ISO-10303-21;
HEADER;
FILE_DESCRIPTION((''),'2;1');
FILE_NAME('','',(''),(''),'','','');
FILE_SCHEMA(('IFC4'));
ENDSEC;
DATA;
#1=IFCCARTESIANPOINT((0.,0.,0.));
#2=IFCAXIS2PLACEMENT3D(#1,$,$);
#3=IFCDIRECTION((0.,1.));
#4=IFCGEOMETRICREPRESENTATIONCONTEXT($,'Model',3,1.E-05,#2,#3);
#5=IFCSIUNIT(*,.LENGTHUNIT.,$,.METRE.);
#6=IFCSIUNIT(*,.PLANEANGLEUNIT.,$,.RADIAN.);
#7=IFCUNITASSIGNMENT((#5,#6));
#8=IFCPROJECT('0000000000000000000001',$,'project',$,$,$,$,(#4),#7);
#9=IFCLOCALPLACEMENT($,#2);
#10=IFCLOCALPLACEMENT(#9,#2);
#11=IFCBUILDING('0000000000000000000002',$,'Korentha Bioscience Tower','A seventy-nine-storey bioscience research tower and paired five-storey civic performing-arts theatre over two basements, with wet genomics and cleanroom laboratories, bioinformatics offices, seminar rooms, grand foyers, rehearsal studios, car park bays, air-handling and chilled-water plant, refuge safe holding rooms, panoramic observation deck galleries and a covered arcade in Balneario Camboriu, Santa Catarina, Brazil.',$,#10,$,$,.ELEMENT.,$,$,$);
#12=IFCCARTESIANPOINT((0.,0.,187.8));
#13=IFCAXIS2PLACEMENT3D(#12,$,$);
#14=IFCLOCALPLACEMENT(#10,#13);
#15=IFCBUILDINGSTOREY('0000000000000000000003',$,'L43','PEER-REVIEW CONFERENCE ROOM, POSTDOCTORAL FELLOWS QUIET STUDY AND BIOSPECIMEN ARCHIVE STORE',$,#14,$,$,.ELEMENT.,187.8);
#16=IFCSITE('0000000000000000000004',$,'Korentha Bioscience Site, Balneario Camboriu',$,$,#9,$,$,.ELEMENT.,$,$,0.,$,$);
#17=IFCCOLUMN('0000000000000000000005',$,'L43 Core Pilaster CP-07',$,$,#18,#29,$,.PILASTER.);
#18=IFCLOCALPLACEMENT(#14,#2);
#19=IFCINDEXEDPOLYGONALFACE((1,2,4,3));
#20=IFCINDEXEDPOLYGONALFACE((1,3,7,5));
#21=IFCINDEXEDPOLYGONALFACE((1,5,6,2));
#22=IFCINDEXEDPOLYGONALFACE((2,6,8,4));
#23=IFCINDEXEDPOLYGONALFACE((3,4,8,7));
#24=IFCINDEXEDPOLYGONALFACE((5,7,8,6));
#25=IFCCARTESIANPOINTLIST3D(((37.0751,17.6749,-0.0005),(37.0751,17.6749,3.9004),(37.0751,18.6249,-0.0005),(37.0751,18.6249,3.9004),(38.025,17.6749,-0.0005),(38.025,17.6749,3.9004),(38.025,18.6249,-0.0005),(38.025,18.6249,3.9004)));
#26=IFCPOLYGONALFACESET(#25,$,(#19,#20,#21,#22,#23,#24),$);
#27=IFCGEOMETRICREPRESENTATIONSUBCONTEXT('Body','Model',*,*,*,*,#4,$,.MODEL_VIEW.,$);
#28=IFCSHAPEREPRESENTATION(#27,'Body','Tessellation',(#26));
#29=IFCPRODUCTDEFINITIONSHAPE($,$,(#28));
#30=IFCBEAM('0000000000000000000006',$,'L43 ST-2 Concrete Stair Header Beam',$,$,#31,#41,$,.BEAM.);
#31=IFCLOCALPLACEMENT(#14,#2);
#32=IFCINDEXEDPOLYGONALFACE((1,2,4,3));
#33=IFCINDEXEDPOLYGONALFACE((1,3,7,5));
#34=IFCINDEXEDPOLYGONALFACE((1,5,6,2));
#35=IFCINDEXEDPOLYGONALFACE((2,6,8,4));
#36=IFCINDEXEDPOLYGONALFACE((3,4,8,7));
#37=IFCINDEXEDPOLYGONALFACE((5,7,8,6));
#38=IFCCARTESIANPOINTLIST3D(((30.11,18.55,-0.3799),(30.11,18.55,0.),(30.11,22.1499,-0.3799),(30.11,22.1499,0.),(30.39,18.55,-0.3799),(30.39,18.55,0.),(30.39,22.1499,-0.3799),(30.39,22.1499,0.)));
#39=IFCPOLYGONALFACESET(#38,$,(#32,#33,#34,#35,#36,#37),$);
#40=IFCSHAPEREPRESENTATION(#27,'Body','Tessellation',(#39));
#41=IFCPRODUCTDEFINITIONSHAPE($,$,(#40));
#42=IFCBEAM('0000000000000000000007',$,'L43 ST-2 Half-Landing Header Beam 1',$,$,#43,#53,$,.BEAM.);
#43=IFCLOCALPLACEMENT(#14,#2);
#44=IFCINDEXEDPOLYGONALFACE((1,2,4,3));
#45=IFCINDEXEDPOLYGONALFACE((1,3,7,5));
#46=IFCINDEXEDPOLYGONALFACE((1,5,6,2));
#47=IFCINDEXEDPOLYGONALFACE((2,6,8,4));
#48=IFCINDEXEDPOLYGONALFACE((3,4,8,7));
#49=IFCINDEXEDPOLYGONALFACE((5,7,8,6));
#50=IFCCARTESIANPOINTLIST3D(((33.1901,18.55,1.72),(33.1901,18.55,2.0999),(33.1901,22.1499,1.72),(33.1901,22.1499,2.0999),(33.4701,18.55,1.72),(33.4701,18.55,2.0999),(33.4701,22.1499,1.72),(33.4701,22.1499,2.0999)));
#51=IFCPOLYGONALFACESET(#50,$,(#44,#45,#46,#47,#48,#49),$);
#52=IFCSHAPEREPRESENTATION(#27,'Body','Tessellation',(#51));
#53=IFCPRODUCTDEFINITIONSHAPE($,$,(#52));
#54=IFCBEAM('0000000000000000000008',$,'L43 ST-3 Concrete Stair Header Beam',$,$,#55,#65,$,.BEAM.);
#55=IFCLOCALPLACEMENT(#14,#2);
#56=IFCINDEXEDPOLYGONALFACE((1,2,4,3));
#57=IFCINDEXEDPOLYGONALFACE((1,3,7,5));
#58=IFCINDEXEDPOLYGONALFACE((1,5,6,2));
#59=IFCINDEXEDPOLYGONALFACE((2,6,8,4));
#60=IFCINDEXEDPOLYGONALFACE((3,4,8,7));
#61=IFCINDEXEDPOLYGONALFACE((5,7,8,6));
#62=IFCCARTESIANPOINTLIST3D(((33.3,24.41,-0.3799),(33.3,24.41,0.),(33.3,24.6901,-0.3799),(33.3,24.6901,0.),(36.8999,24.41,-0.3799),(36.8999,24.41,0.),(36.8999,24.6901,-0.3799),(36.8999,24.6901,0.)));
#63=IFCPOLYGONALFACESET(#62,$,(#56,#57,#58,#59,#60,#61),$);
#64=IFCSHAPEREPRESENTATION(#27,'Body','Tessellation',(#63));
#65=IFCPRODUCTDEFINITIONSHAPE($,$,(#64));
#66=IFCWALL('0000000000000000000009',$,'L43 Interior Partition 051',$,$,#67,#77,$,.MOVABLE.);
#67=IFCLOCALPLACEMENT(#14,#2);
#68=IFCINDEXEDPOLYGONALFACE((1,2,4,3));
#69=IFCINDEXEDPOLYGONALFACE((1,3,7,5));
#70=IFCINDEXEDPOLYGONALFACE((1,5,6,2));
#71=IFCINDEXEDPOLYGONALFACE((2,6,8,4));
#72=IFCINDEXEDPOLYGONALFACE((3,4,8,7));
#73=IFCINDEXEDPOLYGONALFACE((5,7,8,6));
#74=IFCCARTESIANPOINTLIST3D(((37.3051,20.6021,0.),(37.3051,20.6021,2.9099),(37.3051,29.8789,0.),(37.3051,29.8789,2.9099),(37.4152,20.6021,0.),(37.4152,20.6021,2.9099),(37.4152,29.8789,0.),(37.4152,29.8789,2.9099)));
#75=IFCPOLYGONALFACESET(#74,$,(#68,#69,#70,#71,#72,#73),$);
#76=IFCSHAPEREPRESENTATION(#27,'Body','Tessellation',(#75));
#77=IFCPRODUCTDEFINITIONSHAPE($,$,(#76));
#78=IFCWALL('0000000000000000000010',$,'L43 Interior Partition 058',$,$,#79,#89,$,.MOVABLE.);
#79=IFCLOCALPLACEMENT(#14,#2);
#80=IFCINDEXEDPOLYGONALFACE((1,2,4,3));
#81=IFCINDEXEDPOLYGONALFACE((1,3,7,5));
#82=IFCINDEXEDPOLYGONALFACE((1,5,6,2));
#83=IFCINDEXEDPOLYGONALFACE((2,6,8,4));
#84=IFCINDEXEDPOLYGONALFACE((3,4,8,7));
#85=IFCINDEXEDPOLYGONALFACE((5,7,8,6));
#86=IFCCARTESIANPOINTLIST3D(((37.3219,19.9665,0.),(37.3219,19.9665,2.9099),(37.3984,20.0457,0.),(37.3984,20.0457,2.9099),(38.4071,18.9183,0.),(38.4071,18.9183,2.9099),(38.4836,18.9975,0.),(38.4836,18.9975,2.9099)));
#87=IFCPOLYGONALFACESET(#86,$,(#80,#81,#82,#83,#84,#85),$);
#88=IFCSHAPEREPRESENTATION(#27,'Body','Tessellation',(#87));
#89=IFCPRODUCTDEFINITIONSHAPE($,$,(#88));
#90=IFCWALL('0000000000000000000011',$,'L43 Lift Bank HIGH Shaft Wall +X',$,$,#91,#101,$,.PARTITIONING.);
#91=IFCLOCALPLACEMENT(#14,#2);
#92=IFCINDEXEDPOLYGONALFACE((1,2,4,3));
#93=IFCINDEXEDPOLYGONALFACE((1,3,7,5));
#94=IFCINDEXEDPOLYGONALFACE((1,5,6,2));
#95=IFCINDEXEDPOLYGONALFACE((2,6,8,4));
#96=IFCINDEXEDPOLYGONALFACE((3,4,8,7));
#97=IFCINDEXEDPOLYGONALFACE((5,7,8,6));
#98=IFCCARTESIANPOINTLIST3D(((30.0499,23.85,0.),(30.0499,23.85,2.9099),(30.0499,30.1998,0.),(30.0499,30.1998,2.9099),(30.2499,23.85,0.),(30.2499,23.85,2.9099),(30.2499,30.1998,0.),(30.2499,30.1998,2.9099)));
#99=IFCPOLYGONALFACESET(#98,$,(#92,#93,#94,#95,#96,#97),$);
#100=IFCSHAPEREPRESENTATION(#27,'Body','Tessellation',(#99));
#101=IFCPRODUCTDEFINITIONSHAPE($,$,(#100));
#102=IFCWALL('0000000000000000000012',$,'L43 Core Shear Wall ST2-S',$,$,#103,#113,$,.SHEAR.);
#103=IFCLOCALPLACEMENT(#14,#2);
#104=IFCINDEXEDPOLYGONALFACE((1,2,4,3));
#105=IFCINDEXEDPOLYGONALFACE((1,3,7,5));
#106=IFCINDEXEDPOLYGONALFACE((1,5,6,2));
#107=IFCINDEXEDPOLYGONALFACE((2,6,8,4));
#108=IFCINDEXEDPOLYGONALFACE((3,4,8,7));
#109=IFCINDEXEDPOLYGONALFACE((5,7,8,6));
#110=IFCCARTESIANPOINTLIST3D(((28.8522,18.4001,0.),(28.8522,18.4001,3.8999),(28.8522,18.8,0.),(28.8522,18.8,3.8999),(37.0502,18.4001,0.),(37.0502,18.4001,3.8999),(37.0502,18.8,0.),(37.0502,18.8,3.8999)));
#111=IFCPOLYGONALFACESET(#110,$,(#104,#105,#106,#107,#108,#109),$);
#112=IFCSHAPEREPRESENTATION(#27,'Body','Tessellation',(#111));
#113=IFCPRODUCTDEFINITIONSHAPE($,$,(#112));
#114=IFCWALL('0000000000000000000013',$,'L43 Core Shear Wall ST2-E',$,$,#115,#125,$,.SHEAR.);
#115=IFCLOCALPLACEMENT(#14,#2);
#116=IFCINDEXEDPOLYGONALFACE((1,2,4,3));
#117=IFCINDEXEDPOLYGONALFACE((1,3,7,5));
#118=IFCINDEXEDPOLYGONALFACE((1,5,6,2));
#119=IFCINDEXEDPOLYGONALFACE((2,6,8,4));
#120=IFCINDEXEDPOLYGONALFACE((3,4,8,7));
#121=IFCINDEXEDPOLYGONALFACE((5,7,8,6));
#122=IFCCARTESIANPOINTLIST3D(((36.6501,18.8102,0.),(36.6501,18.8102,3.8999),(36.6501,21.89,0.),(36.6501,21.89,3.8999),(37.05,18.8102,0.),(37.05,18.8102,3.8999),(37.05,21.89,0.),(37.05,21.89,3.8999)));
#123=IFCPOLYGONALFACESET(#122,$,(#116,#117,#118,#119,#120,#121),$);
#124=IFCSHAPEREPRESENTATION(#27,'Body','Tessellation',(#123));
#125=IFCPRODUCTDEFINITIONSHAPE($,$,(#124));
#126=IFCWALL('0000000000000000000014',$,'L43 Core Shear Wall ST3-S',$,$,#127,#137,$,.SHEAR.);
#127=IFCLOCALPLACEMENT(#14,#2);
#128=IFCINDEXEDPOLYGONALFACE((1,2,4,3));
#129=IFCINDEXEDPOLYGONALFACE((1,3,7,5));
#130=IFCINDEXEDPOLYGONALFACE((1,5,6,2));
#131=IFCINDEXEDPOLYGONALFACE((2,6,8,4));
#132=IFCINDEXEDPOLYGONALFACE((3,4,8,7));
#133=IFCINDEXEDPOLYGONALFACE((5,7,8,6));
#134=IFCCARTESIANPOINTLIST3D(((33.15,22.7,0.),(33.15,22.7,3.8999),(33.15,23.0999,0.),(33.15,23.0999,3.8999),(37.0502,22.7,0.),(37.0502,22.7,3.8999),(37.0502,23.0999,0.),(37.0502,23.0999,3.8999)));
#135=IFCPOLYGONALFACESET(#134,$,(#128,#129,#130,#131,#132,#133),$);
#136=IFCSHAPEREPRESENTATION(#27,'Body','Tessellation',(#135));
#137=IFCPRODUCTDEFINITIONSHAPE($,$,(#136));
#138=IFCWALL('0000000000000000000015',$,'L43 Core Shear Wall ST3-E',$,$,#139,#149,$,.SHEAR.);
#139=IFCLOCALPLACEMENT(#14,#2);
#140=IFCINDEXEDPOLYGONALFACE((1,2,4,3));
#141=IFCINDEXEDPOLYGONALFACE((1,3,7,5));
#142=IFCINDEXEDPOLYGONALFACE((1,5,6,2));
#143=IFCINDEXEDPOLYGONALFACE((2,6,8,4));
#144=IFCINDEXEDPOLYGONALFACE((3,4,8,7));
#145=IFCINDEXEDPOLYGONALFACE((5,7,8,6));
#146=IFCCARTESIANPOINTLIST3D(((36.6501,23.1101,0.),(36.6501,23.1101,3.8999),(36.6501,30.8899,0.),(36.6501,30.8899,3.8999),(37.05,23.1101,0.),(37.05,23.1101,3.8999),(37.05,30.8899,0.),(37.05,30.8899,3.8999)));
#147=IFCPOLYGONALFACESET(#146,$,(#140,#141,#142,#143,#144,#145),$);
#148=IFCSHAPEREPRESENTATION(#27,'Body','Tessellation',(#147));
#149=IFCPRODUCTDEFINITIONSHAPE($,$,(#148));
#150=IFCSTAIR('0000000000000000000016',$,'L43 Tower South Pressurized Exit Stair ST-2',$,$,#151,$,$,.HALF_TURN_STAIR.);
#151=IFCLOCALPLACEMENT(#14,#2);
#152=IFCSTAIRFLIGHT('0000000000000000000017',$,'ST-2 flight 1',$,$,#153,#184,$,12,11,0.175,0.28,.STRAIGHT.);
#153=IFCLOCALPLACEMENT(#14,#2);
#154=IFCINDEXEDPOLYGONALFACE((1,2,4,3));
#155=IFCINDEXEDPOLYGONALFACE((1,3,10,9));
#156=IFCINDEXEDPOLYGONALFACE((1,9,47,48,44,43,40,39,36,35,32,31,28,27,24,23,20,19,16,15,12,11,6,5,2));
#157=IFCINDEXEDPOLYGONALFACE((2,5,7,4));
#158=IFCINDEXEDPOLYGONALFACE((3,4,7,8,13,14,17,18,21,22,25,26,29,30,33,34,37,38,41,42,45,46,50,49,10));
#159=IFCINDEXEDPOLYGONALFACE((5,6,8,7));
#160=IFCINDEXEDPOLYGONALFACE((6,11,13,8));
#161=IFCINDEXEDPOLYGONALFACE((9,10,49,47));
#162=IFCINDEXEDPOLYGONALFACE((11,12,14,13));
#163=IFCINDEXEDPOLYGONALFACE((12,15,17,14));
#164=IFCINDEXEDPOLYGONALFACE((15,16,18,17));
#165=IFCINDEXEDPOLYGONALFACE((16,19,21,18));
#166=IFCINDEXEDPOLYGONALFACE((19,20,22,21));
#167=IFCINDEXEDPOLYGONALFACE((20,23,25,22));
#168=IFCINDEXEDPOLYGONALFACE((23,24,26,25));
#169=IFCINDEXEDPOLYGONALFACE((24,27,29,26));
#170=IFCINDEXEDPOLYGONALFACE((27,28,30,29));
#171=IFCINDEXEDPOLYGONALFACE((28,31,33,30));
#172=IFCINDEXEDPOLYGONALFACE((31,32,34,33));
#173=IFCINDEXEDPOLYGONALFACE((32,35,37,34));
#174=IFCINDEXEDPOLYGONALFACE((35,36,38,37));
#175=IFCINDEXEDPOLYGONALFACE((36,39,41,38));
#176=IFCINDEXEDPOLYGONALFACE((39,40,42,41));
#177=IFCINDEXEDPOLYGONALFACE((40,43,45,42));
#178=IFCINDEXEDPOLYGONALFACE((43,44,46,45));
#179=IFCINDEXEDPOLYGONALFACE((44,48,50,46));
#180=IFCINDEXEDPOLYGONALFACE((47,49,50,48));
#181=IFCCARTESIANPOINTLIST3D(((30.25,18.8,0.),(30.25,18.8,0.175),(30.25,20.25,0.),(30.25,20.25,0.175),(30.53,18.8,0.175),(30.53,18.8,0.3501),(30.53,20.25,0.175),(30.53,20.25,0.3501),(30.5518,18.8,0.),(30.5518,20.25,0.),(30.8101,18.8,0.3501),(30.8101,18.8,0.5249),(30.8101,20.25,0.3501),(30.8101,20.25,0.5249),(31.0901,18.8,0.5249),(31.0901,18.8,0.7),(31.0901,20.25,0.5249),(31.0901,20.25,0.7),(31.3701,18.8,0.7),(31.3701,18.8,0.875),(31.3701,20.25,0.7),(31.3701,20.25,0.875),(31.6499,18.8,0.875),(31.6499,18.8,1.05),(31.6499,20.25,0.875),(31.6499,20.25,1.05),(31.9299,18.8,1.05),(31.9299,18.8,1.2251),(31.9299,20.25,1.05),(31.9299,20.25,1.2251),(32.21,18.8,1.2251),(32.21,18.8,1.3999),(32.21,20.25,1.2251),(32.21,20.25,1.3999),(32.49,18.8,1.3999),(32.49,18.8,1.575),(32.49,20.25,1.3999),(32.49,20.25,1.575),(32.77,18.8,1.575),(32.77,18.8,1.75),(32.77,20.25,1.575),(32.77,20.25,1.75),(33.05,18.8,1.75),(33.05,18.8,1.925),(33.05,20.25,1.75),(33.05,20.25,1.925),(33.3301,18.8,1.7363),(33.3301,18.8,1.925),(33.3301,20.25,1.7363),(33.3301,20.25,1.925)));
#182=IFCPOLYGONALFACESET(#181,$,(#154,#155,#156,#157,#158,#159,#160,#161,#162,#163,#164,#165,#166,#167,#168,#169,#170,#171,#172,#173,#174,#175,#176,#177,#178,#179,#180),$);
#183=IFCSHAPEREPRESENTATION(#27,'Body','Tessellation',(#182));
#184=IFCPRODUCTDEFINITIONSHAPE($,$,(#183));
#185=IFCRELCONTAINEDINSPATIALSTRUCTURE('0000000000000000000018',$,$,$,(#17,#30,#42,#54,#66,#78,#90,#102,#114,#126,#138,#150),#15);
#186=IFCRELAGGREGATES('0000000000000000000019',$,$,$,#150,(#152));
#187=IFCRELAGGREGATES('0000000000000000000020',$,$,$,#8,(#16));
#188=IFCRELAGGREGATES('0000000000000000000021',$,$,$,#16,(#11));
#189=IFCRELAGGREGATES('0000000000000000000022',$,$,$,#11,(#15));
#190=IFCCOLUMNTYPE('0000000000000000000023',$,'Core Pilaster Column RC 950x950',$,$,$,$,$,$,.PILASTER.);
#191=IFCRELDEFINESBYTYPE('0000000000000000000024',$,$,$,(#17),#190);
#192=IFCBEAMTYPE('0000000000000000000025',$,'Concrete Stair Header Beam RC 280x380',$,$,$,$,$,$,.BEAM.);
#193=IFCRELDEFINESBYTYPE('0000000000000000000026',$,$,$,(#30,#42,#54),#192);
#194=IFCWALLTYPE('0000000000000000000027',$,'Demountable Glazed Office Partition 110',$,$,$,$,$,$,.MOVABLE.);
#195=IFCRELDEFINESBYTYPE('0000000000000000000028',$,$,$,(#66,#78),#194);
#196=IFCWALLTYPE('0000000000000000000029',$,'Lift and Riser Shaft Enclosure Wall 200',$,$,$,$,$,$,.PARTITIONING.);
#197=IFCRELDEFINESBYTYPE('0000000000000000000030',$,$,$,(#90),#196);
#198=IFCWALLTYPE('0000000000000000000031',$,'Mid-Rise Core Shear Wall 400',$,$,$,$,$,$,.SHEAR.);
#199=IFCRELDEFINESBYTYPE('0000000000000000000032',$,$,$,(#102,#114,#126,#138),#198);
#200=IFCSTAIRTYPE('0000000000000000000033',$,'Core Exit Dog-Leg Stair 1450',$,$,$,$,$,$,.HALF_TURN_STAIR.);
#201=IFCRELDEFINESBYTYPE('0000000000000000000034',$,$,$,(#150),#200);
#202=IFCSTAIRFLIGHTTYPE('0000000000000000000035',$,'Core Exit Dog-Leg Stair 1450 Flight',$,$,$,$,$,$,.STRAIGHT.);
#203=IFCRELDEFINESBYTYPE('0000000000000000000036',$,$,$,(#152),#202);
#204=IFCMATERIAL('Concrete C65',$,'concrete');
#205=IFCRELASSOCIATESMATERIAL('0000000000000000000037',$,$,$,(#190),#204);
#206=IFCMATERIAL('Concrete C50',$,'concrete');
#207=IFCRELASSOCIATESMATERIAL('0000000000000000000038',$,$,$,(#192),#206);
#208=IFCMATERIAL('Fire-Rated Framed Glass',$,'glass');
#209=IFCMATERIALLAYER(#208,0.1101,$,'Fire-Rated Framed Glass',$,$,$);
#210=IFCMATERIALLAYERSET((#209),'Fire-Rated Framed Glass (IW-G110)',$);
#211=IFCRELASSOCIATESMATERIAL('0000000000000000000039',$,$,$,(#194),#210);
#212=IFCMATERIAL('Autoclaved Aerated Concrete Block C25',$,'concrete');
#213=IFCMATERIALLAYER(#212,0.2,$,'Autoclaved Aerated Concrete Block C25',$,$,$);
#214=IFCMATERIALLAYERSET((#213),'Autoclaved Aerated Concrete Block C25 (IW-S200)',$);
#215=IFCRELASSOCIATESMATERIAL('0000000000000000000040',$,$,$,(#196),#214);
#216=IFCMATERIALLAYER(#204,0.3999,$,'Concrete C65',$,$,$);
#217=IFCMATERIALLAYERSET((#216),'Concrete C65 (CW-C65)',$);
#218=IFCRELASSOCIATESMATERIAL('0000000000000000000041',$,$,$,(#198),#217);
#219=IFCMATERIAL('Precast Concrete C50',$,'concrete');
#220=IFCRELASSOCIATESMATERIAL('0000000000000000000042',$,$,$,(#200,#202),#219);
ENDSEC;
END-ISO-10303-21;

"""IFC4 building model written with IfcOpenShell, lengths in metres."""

from ifc_helpers import new_model, si_unit, direction, frame, frame_2d, origin, origin_2d, place, context, subcontext, project, spatial, polyline, rectangle, outline, extrude, material, layer, layer_set, material_profile, profile_set, type_object, element, aggregate, save


model = new_model("IFC4")

# Units and contexts
model_context = context("Model", 3, precision=1e-05, world=origin(), true_north=direction((0.0, 1.0)))
body_context = subcontext(model_context, "Body", "Model", "MODEL_VIEW")
ifc_project = project(units=[si_unit("LENGTHUNIT", "METRE"), si_unit("PLANEANGLEUNIT", "RADIAN")], contexts=[model_context])

# Site, building, storey
site_placement = place(None, origin())
site = spatial("IfcSite", under=ifc_project, at=site_placement, Name="Korentha Bioscience Site, Balneario Camboriu", CompositionType="ELEMENT", RefElevation=0.0)
building_placement = place(site_placement, origin())
building = spatial("IfcBuilding", under=site, at=building_placement, Name="Korentha Bioscience Tower", Description="A seventy-nine-storey bioscience research tower and paired five-storey civic performing-arts theatre over two basements, with wet genomics and cleanroom laboratories, bioinformatics offices, seminar rooms, grand foyers, rehearsal studios, car park bays, air-handling and chilled-water plant, refuge safe holding rooms, panoramic observation deck galleries and a covered arcade in Balneario Camboriu, Santa Catarina, Brazil.", CompositionType="ELEMENT")
storey_placement = place(building_placement, frame((0.0, 0.0, 187.8)))
storey = spatial("IfcBuildingStorey", under=building, at=storey_placement, Name="L43", Description="PEER-REVIEW CONFERENCE ROOM, POSTDOCTORAL FELLOWS QUIET STUDY AND BIOSPECIMEN ARCHIVE STORE", CompositionType="ELEMENT", Elevation=187.8)

# Column
ifc_material_1 = material(Name="Concrete C65", Category="concrete")
ifc_material_profile_1 = material_profile(ifc_material_1, rectangle(XDim=0.95, YDim=0.95, at=origin_2d()), Name="Concrete C65")
ifc_profile_set_1 = profile_set([ifc_material_profile_1], Name="Concrete C65 (COL-CP09)")
column_type = type_object("IfcColumnType", Name="Core Pilaster Column RC 950x950", PredefinedType="PILASTER", material=ifc_profile_set_1)
column_placement = place(storey_placement, frame((37.55, 18.1499, -0.0005), z_axis=(0.0, 0.0, 1.0), x_axis=(1.0, 0.0, 0.0)))
element("IfcColumn", 1, at=column_placement, inside=storey, type_object=column_type, Name="L43 Core Pilaster CP-07", PredefinedType="PILASTER", context=body_context, shape_type="SweptSolid", body=[
    extrude(rectangle(XDim=0.95, YDim=0.95, at=origin_2d()), origin(), (0.0, 0.0, 1.0), 3.9009),
])

# Beams
ifc_material_2 = material(Name="Concrete C50", Category="concrete")
ifc_material_profile_2 = material_profile(ifc_material_2, rectangle(XDim=0.28, YDim=0.3799, at=origin_2d()), Name="Concrete C50")
ifc_profile_set_2 = profile_set([ifc_material_profile_2], Name="Concrete C50 (ST-HB380)")
beam_type = type_object("IfcBeamType", Name="Concrete Stair Header Beam RC 280x380", PredefinedType="BEAM", material=ifc_profile_set_2)
for number, where, z_axis, x_axis, name in (
    (2, (30.25, 18.55, -0.1899), (0.0, 1.0, 0.0), (-1.0, 0.0, 0.0), "L43 ST-2 Concrete Stair Header Beam"),
    (3, (33.3301, 18.55, 1.9099), (0.0, 1.0, 0.0), (-1.0, 0.0, 0.0), "L43 ST-2 Half-Landing Header Beam 1"),
    (4, (36.8999, 24.55, -0.1899), (-1.0, 0.0, 0.0), (0.0, -1.0, 0.0), "L43 ST-3 Concrete Stair Header Beam"),
):
    element("IfcBeam", number, at=place(storey_placement, frame(where, z_axis=z_axis, x_axis=x_axis)), inside=storey, type_object=beam_type, Name=name, PredefinedType="BEAM", context=body_context, shape_type="SweptSolid", body=[
        extrude(rectangle(XDim=0.28, YDim=0.3799, at=origin_2d()), origin(), (0.0, 0.0, 1.0), 3.5999),
    ])

# Walls
ifc_material_3 = material(Name="Fire-Rated Framed Glass", Category="glass")
ifc_layer_1 = layer(ifc_material_3, 0.1101, Name="Fire-Rated Framed Glass")
ifc_layer_set_1 = layer_set([ifc_layer_1], Name="Fire-Rated Framed Glass (IW-G110)")
wall_type_1 = type_object("IfcWallType", Name="Demountable Glazed Office Partition 110", PredefinedType="MOVABLE", material=ifc_layer_set_1)
wall_1_placement = place(storey_placement, frame((37.3601, 20.6021, 0.0), z_axis=(0.0, 0.0, 1.0), x_axis=(0.0, 1.0, 0.0)))
element("IfcWall", 5, at=wall_1_placement, inside=storey, type_object=wall_type_1, Name="L43 Interior Partition 051", PredefinedType="MOVABLE", context=body_context, shape_type="SweptSolid", body=[
    extrude(rectangle(XDim=9.2769, YDim=0.1101, at=frame_2d((4.6384, 0.0))), origin(), (0.0, 0.0, 1.0), 2.9099),
])
wall_2_placement = place(storey_placement, frame((37.3601, 20.0061, 0.0), z_axis=(0.0, 0.0, 1.0), x_axis=(0.719298, -0.694701, 0.0)))
element("IfcWall", 6, at=wall_2_placement, inside=storey, type_object=wall_type_1, Name="L43 Interior Partition 058", PredefinedType="MOVABLE", context=body_context, shape_type="SweptSolid", body=[
    extrude(rectangle(XDim=1.5088, YDim=0.1101, at=frame_2d((0.7544, 0.0))), origin(), (0.0, 0.0, 1.0), 2.9099),
])
ifc_material_4 = material(Name="Autoclaved Aerated Concrete Block C25", Category="concrete")
ifc_layer_2 = layer(ifc_material_4, 0.2, Name="Autoclaved Aerated Concrete Block C25")
ifc_layer_set_2 = layer_set([ifc_layer_2], Name="Autoclaved Aerated Concrete Block C25 (IW-S200)")
wall_type_2 = type_object("IfcWallType", Name="Lift and Riser Shaft Enclosure Wall 200", PredefinedType="PARTITIONING", material=ifc_layer_set_2)
wall_3_placement = place(storey_placement, frame((30.1499, 23.8501, 0.0), z_axis=(0.0, 0.0, 1.0), x_axis=(0.0, 1.0, 0.0)))
element("IfcWall", 7, at=wall_3_placement, inside=storey, type_object=wall_type_2, Name="L43 Lift Bank HIGH Shaft Wall +X", PredefinedType="PARTITIONING", context=body_context, shape_type="SweptSolid", body=[
    extrude(rectangle(XDim=6.3499, YDim=0.2, at=frame_2d((3.1748, 0.0))), origin(), (0.0, 0.0, 1.0), 2.9099),
])
ifc_layer_3 = layer(ifc_material_1, 0.3999, Name="Concrete C65")
ifc_layer_set_3 = layer_set([ifc_layer_3], Name="Concrete C65 (CW-C65)")
wall_type_3 = type_object("IfcWallType", Name="Mid-Rise Core Shear Wall 400", PredefinedType="SHEAR", material=ifc_layer_set_3)
wall_4_placement = place(storey_placement, frame((28.8521, 18.6001, 0.0), z_axis=(0.0, 0.0, 1.0), x_axis=(1.0, 0.0, 0.0)))
element("IfcWall", 8, at=wall_4_placement, inside=storey, type_object=wall_type_3, Name="L43 Core Shear Wall ST2-S", PredefinedType="SHEAR", context=body_context, shape_type="SweptSolid", body=[
    extrude(rectangle(XDim=8.198, YDim=0.3999, at=frame_2d((4.0991, 0.0))), origin(), (0.0, 0.0, 1.0), 3.8999),
])
wall_5_placement = place(storey_placement, frame((36.8501, 18.8101, 0.0), z_axis=(0.0, 0.0, 1.0), x_axis=(0.0, 1.0, 0.0)))
element("IfcWall", 9, at=wall_5_placement, inside=storey, type_object=wall_type_3, Name="L43 Core Shear Wall ST2-E", PredefinedType="SHEAR", context=body_context, shape_type="SweptSolid", body=[
    extrude(rectangle(XDim=3.0798, YDim=0.3999, at=frame_2d((1.54, 0.0))), origin(), (0.0, 0.0, 1.0), 3.8999),
])
wall_6_placement = place(storey_placement, frame((33.1499, 22.8999, 0.0), z_axis=(0.0, 0.0, 1.0), x_axis=(1.0, 0.0, 0.0)))
element("IfcWall", 10, at=wall_6_placement, inside=storey, type_object=wall_type_3, Name="L43 Core Shear Wall ST3-S", PredefinedType="SHEAR", context=body_context, shape_type="SweptSolid", body=[
    extrude(rectangle(XDim=3.9001, YDim=0.3999, at=frame_2d((1.9502, 0.0))), origin(), (0.0, 0.0, 1.0), 3.8999),
])
wall_7_placement = place(storey_placement, frame((36.8501, 23.1101, 0.0), z_axis=(0.0, 0.0, 1.0), x_axis=(0.0, 1.0, 0.0)))
element("IfcWall", 11, at=wall_7_placement, inside=storey, type_object=wall_type_3, Name="L43 Core Shear Wall ST3-E", PredefinedType="SHEAR", context=body_context, shape_type="SweptSolid", body=[
    extrude(rectangle(XDim=7.7798, YDim=0.3999, at=frame_2d((3.8899, 0.0))), origin(), (0.0, 0.0, 1.0), 3.8999),
])

# Stair, stair flight
ifc_material_5 = material(Name="Precast Concrete C50", Category="concrete")
stair_type = type_object("IfcStairType", Name="Core Exit Dog-Leg Stair 1450", PredefinedType="HALF_TURN_STAIR", material=ifc_material_5)
stair_1_placement = place(storey_placement, origin())
stair_1 = element("IfcStair", 12, at=stair_1_placement, inside=storey, type_object=stair_type, Name="L43 Tower South Pressurized Exit Stair ST-2", PredefinedType="HALF_TURN_STAIR")
stair_flight_type = type_object("IfcStairFlightType", Name="Core Exit Dog-Leg Stair 1450 Flight", PredefinedType="STRAIGHT", material=ifc_material_5)
stair_flight_1_placement = place(storey_placement, frame((30.25, 19.5249, 0.0), z_axis=(0.0, 0.0, 1.0), x_axis=(1.0, 0.0, 0.0)))
stair_flight_1 = element("IfcStairFlight", 13, at=stair_flight_1_placement, type_object=stair_flight_type, Name="ST-2 flight 1", NumberOfRisers=12, NumberOfTreads=11, PredefinedType="STRAIGHT", RiserHeight=0.175, TreadLength=0.28, context=body_context, shape_type="SweptSolid", body=[
    extrude(outline(polyline([(0.0, 0.0), (0.0, 0.175), (0.28, 0.175), (0.28, 0.3501), (0.5601, 0.3501), (0.5601, 0.5249), (0.8401, 0.5249), (0.8401, 0.7), (1.1201, 0.7), (1.1201, 0.875), (1.3999, 0.875), (1.3999, 1.05), (1.6799, 1.05), (1.6799, 1.2251), (1.96, 1.2251), (1.96, 1.3999), (2.24, 1.3999), (2.24, 1.575), (2.52, 1.575), (2.52, 1.75), (2.8, 1.75), (2.8, 1.925), (3.0801, 1.925), (3.0801, 2.1001), (3.0801, 1.7363), (0.3018, 0.0), (0.0, 0.0)])), frame((0.0, 0.7251, 0.0), z_axis=(0.0, -1.0, 0.0), x_axis=(1.0, 0.0, 0.0)), (0.0, 0.0, 1.0), 1.45),
])
aggregate(stair_1, [stair_flight_1])

save(model, "model.ifc")
